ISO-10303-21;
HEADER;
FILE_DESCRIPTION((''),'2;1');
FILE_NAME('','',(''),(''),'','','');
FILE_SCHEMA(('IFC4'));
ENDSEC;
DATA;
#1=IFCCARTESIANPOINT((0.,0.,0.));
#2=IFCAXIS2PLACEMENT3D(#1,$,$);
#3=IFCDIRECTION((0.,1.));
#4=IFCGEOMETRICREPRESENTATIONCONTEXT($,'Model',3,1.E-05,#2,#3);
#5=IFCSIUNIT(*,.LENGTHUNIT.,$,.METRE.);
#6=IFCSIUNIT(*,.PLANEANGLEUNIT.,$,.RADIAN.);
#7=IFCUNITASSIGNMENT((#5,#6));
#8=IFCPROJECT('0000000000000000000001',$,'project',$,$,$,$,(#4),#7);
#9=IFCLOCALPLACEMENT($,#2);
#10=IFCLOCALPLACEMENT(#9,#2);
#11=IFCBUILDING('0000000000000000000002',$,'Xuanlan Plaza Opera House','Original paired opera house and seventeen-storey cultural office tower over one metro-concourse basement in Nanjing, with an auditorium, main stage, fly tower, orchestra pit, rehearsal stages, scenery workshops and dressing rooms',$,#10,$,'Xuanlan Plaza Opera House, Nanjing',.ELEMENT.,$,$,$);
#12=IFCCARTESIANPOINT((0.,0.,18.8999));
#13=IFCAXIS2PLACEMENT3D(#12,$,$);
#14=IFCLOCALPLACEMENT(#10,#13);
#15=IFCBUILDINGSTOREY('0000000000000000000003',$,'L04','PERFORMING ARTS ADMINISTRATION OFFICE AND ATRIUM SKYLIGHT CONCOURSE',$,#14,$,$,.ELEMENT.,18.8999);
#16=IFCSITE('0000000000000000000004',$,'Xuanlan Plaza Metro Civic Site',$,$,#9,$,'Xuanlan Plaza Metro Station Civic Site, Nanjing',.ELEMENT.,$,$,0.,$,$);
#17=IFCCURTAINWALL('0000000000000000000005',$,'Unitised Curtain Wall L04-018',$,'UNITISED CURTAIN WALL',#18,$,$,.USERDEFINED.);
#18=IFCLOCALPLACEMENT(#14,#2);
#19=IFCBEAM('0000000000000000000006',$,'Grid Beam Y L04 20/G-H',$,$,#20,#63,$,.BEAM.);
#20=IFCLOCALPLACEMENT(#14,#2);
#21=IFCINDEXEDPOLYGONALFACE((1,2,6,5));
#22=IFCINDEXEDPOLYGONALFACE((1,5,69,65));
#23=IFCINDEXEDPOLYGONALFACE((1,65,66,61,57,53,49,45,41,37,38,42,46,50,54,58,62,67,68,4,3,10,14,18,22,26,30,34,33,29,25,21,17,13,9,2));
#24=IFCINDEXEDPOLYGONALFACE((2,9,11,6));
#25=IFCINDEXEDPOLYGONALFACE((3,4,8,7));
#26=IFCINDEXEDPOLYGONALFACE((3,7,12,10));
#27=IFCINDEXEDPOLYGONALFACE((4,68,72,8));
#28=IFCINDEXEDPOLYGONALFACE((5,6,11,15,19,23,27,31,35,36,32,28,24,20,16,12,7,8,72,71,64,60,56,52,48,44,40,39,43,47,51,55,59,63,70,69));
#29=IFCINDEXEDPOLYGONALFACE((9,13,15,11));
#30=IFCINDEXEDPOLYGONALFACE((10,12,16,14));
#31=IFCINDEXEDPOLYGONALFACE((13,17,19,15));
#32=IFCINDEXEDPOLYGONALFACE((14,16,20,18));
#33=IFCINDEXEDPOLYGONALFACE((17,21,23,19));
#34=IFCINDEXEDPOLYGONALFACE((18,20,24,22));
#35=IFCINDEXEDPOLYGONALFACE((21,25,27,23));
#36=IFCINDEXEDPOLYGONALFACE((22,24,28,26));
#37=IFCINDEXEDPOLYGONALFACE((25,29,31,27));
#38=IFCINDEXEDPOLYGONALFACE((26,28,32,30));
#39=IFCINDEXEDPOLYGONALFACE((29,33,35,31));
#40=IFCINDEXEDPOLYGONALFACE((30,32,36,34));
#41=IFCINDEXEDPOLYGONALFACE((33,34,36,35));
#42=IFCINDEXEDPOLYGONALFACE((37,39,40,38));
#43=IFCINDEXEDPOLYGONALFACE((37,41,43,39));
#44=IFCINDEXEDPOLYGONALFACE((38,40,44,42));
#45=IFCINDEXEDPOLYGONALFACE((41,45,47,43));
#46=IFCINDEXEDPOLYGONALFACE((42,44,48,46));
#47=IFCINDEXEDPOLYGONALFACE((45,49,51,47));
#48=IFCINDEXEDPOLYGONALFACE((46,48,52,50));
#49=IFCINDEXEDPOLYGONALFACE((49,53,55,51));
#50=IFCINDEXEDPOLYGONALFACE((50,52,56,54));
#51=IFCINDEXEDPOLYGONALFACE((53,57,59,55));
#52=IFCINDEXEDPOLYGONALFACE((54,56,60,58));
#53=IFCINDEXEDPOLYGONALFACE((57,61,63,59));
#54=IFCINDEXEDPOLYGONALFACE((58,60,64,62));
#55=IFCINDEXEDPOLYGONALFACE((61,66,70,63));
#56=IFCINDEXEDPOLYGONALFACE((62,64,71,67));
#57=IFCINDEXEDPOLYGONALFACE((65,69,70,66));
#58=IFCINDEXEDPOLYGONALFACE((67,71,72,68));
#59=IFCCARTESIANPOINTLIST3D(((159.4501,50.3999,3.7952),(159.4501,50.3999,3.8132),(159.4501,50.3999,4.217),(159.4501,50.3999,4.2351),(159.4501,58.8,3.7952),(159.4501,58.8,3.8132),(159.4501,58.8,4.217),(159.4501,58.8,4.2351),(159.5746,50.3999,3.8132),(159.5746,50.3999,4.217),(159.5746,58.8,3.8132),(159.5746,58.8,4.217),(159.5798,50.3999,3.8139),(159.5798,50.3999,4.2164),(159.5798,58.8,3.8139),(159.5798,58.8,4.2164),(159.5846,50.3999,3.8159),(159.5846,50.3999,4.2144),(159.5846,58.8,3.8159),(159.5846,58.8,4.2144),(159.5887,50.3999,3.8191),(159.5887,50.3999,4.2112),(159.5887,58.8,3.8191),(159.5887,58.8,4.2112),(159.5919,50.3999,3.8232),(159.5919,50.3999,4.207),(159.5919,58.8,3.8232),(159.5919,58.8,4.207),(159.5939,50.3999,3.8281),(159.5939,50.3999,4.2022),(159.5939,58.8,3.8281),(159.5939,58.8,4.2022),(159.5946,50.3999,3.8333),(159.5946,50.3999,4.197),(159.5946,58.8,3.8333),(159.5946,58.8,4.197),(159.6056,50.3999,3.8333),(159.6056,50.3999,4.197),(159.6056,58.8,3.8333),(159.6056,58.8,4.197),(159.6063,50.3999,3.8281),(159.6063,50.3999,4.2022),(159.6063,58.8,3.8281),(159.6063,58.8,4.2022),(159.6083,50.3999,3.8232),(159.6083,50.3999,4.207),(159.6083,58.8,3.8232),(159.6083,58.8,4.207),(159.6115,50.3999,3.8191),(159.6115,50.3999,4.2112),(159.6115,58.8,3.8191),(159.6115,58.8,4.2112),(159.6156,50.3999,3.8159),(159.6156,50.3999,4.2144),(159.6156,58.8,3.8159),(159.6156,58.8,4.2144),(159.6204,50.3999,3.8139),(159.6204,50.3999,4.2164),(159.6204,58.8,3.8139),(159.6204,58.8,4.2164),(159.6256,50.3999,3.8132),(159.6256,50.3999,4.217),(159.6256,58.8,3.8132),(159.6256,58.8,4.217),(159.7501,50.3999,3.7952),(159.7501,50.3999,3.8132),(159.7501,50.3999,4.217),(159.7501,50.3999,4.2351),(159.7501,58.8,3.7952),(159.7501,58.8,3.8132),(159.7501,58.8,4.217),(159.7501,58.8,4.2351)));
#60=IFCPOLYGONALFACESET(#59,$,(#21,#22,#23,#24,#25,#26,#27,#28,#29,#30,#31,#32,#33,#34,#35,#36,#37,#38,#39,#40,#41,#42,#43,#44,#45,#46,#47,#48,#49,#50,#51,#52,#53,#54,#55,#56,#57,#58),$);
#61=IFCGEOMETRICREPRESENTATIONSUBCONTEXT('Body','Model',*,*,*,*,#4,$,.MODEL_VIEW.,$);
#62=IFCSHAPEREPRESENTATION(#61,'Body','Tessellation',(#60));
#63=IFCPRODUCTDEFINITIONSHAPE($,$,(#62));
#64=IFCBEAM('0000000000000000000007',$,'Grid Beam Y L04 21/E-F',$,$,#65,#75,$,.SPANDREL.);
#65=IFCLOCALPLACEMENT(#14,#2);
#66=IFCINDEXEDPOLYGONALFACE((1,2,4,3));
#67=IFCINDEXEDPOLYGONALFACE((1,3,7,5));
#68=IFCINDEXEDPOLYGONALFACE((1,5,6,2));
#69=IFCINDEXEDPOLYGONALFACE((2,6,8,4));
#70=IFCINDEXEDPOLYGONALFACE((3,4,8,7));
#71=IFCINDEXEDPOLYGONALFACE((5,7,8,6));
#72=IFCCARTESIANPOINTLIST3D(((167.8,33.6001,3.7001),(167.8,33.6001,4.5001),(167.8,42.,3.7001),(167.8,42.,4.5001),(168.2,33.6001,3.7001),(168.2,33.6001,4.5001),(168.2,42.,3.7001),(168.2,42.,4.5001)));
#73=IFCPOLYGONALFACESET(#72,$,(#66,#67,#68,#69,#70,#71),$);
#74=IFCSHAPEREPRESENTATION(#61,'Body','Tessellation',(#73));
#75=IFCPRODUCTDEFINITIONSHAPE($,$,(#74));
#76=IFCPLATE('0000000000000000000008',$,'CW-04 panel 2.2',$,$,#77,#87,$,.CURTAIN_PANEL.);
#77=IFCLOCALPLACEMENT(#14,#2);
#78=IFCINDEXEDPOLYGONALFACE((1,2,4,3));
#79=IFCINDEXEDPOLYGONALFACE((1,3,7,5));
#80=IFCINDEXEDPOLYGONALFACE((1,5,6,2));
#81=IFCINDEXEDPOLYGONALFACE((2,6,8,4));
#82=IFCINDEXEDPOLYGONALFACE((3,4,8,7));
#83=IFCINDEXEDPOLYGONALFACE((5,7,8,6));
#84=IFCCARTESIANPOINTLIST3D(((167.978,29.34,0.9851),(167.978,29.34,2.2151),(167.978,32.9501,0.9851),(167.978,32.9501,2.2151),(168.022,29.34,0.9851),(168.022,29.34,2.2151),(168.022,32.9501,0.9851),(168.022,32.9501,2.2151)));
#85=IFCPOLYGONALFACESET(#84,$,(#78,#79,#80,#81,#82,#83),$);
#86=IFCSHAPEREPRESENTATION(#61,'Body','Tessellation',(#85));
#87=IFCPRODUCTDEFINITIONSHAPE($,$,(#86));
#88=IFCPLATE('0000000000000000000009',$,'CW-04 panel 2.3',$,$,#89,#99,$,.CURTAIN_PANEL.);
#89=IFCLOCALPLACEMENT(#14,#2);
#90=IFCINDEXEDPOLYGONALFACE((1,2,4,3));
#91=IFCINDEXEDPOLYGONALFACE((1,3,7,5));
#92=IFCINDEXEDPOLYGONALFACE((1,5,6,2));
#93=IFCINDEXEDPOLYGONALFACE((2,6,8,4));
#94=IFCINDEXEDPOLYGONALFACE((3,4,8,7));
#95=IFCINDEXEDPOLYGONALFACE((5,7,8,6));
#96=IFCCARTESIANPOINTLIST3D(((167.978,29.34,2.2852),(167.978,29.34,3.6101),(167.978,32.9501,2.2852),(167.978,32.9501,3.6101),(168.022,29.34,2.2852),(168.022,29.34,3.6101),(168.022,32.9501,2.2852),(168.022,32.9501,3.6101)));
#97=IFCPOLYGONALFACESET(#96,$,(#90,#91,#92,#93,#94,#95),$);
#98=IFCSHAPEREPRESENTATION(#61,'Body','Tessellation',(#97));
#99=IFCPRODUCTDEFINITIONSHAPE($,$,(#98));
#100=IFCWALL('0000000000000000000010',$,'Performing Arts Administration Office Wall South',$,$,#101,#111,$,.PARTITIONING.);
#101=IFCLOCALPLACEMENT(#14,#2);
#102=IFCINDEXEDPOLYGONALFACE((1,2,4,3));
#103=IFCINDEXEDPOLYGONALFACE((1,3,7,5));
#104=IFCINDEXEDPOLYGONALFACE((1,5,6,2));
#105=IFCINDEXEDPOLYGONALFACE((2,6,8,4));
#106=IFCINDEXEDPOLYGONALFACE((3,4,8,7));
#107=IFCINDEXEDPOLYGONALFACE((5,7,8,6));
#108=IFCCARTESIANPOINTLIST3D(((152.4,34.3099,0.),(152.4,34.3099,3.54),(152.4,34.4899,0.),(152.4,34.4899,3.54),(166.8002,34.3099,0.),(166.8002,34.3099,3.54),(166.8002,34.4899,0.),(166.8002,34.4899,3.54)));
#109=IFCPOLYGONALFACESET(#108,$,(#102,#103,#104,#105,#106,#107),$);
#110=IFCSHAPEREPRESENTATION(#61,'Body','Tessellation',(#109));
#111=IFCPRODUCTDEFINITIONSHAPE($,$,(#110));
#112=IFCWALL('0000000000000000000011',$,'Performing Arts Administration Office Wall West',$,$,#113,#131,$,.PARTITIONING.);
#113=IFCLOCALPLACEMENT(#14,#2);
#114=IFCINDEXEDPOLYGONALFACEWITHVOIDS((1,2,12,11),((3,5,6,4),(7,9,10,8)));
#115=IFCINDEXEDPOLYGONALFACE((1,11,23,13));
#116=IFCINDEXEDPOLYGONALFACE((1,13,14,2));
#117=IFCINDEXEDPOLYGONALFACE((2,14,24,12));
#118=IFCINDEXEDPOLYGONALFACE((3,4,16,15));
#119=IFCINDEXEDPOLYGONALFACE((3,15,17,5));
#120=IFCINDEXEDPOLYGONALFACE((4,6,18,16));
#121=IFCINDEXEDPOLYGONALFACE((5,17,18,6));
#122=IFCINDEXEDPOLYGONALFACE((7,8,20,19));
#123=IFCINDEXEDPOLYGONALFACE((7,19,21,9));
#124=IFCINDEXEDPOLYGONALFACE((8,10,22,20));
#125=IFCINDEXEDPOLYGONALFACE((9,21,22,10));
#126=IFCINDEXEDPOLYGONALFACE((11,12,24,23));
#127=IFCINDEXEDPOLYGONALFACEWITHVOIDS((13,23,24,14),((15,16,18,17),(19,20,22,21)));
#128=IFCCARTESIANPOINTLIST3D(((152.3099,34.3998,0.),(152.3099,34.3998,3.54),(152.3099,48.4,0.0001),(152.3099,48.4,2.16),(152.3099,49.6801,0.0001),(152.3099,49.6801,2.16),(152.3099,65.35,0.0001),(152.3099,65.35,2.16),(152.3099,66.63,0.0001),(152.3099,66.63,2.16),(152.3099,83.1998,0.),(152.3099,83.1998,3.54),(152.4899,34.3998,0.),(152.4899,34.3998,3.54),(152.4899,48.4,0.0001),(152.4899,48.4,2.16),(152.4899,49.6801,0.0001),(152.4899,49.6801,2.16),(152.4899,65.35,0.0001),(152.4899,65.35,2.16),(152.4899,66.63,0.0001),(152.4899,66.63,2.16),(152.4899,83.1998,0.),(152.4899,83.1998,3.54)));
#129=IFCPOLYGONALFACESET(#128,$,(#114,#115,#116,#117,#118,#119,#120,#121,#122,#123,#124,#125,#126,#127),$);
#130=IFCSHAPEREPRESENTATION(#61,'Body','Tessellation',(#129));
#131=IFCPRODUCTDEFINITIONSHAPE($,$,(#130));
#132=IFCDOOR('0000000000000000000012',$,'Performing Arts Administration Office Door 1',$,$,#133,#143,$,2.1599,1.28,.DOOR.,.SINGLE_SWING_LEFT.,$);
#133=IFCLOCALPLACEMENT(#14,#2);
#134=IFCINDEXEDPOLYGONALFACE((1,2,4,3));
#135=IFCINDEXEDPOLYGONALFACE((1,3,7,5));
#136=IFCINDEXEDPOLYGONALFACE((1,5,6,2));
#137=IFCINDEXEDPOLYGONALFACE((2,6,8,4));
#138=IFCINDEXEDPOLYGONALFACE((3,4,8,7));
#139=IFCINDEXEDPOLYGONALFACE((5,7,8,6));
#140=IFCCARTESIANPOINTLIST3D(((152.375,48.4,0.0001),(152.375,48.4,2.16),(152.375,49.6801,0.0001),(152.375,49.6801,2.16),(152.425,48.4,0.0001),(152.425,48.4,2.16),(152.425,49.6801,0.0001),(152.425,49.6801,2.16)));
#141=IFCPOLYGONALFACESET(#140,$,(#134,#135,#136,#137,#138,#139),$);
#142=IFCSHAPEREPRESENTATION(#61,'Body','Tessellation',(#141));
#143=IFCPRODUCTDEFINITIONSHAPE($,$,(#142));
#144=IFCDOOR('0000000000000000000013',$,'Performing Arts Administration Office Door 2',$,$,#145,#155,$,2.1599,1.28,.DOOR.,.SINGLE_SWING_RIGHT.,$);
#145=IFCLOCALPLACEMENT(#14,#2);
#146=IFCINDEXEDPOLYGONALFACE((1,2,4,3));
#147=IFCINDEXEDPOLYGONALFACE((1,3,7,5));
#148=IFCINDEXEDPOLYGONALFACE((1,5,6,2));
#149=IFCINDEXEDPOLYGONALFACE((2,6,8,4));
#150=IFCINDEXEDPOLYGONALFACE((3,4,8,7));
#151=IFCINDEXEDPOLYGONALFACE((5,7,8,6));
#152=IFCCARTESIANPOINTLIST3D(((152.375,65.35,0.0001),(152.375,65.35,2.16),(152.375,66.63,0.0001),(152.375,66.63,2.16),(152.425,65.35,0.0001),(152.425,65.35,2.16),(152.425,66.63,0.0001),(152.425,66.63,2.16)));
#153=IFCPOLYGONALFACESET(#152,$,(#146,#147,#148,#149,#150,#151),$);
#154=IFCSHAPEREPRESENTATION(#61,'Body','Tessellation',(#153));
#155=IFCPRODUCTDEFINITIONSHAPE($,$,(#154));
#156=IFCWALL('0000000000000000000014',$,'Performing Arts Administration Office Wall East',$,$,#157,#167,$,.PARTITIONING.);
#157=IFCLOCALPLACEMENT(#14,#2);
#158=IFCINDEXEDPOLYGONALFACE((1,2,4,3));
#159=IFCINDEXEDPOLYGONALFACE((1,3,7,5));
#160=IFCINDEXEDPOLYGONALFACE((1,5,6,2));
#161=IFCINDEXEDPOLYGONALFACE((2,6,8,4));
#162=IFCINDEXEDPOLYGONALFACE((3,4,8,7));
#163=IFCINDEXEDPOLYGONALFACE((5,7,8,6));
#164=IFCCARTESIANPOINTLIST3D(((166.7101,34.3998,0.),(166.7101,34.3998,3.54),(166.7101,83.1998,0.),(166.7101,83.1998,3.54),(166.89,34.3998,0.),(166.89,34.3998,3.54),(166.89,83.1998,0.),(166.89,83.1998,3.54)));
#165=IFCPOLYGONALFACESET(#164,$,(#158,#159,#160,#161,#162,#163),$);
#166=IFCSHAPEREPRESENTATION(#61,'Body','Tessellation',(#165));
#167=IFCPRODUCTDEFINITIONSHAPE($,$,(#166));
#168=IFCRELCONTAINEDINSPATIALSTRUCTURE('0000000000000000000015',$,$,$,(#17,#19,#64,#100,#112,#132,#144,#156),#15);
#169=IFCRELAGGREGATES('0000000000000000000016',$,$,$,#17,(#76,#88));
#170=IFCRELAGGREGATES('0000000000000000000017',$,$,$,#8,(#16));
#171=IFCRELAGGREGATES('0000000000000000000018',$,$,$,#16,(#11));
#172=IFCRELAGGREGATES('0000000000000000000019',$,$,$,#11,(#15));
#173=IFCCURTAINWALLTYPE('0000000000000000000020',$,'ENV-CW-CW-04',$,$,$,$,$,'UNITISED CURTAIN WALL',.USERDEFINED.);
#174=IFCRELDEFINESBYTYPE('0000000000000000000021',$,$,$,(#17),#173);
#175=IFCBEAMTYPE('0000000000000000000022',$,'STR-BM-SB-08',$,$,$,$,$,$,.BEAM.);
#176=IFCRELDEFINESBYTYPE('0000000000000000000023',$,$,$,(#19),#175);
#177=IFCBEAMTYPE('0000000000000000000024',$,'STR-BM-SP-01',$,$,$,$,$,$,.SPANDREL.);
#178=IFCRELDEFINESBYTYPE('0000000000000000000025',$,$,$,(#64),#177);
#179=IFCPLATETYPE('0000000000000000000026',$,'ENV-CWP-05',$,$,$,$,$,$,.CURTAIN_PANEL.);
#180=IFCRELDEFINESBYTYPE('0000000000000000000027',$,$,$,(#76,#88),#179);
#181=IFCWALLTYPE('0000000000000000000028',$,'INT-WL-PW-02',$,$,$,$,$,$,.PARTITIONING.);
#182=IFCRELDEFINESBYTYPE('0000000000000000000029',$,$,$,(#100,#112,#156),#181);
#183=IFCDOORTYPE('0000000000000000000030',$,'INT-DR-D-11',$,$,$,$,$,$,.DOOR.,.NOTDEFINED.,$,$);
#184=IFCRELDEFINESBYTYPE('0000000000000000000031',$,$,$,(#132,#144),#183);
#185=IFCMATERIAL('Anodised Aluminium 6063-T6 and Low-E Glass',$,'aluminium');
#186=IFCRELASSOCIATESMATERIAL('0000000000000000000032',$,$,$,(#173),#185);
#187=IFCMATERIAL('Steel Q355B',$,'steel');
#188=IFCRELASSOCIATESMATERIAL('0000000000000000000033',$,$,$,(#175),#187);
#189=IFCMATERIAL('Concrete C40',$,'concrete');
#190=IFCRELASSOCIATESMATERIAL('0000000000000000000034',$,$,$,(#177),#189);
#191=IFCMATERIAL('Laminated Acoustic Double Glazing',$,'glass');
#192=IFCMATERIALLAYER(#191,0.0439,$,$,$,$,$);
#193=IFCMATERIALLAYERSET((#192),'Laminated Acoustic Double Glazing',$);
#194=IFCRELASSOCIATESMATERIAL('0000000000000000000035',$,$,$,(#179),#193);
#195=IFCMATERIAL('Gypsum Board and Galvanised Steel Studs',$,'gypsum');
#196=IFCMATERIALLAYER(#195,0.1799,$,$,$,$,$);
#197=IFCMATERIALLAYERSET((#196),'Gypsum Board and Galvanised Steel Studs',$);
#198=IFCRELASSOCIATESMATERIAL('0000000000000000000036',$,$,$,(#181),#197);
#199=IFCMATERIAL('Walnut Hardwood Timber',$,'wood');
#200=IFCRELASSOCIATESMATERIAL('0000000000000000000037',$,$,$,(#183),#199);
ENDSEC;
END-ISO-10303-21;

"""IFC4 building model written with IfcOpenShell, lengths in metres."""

from ifc_helpers import new_model, si_unit, direction, frame, frame_2d, origin, origin_2d, place, context, subcontext, project, spatial, rectangle, i_section, extrude, material, layer, layer_set, material_profile, profile_set, type_object, element, fill, aggregate, save


model = new_model("IFC4")

# Units and contexts
model_context = context("Model", 3, precision=1e-05, world=origin(), true_north=direction((0.0, 1.0)))
body_context = subcontext(model_context, "Body", "Model", "MODEL_VIEW")
ifc_project = project(units=[si_unit("LENGTHUNIT", "METRE"), si_unit("PLANEANGLEUNIT", "RADIAN")], contexts=[model_context])

# Site, building, storey
site_placement = place(None, origin())
site = spatial("IfcSite", under=ifc_project, at=site_placement, Name="Xuanlan Plaza Metro Civic Site", LongName="Xuanlan Plaza Metro Station Civic Site, Nanjing", CompositionType="ELEMENT", RefElevation=0.0)
building_placement = place(site_placement, origin())
building = spatial("IfcBuilding", under=site, at=building_placement, Name="Xuanlan Plaza Opera House", Description="Original paired opera house and seventeen-storey cultural office tower over one metro-concourse basement in Nanjing, with an auditorium, main stage, fly tower, orchestra pit, rehearsal stages, scenery workshops and dressing rooms", LongName="Xuanlan Plaza Opera House, Nanjing", CompositionType="ELEMENT")
storey_placement = place(building_placement, frame((0.0, 0.0, 18.8999)))
storey = spatial("IfcBuildingStorey", under=building, at=storey_placement, Name="L04", Description="PERFORMING ARTS ADMINISTRATION OFFICE AND ATRIUM SKYLIGHT CONCOURSE", CompositionType="ELEMENT", Elevation=18.8999)

# Shared definitions
ifc_material_1 = material(Name="Steel Q355B", Category="steel")

# Curtain wall
ifc_material_2 = material(Name="Anodised Aluminium 6063-T6 and Low-E Glass", Category="aluminium")
curtain_wall_type_1 = type_object("IfcCurtainWallType", Name="ENV-CW-CW-04", ElementType="UNITISED CURTAIN WALL", PredefinedType="USERDEFINED", material=ifc_material_2)
curtain_wall_1_placement = place(storey_placement, origin())
curtain_wall_1 = element("IfcCurtainWall", 1, at=curtain_wall_1_placement, inside=storey, type_object=curtain_wall_type_1, Name="Unitised Curtain Wall L04-018", ObjectType="UNITISED CURTAIN WALL", PredefinedType="USERDEFINED")

# Beams
ifc_material_3 = material(Name="Concrete C40", Category="concrete")
ifc_material_profile_1 = material_profile(ifc_material_1, i_section(OverallWidth=0.3, OverallDepth=0.4399, WebThickness=0.011, FlangeThickness=0.0181, FilletRadius=0.02, at=origin_2d()), Name="HM 440x300x11x18")
ifc_profile_set_1 = profile_set([ifc_material_profile_1], Name="Steel Q355B")
beam_type_1 = type_object("IfcBeamType", Name="STR-BM-SB-08", PredefinedType="BEAM", material=ifc_profile_set_1)
beam_1_placement = place(storey_placement, frame((159.6001, 50.3999, 4.0151), z_axis=(0.0, 1.0, 0.0), x_axis=(-1.0, 0.0, 0.0)))
element("IfcBeam", 2, at=beam_1_placement, inside=storey, type_object=beam_type_1, Name="Grid Beam Y L04 20/G-H", PredefinedType="BEAM", context=body_context, shape_type="SweptSolid", body=[
    extrude(i_section(OverallWidth=0.3, OverallDepth=0.4399, WebThickness=0.011, FlangeThickness=0.0181, FilletRadius=0.02, at=origin_2d()), origin(), (0.0, 0.0, 1.0), 8.4001),
])
ifc_material_profile_2 = material_profile(ifc_material_3, rectangle(XDim=0.3999, YDim=0.8, at=origin_2d()), Name="RC-SPD 400x800")
ifc_profile_set_2 = profile_set([ifc_material_profile_2], Name="Concrete C40")
beam_type_2 = type_object("IfcBeamType", Name="STR-BM-SP-01", PredefinedType="SPANDREL", material=ifc_profile_set_2)
beam_2_placement = place(storey_placement, frame((168.0, 33.6001, 4.1001), z_axis=(0.0, 1.0, 0.0), x_axis=(-1.0, 0.0, 0.0)))
element("IfcBeam", 3, at=beam_2_placement, inside=storey, type_object=beam_type_2, Name="Grid Beam Y L04 21/E-F", PredefinedType="SPANDREL", context=body_context, shape_type="SweptSolid", body=[
    extrude(rectangle(XDim=0.3999, YDim=0.8, at=origin_2d()), origin(), (0.0, 0.0, 1.0), 8.3999),
])

# Plates
ifc_material_4 = material(Name="Laminated Acoustic Double Glazing", Category="glass")
ifc_layer_1 = layer(ifc_material_4, 0.0439)
ifc_layer_set_1 = layer_set([ifc_layer_1], Name="Laminated Acoustic Double Glazing")
plate_type = type_object("IfcPlateType", Name="ENV-CWP-05", PredefinedType="CURTAIN_PANEL", material=ifc_layer_set_1)
plate_1_placement = place(storey_placement, frame((168.0, 31.145, 0.9851), z_axis=(0.0, 0.0, 1.0), x_axis=(0.0, 1.0, 0.0)))
plate_1 = element("IfcPlate", 4, at=plate_1_placement, type_object=plate_type, Name="CW-04 panel 2.2", PredefinedType="CURTAIN_PANEL", context=body_context, shape_type="SweptSolid", body=[
    extrude(rectangle(XDim=3.6101, YDim=0.0439, at=origin_2d()), origin(), (0.0, 0.0, 1.0), 1.23),
])
plate_2_placement = place(storey_placement, frame((168.0, 31.145, 2.2852), z_axis=(0.0, 0.0, 1.0), x_axis=(0.0, 1.0, 0.0)))
plate_2 = element("IfcPlate", 5, at=plate_2_placement, type_object=plate_type, Name="CW-04 panel 2.3", PredefinedType="CURTAIN_PANEL", context=body_context, shape_type="SweptSolid", body=[
    extrude(rectangle(XDim=3.6101, YDim=0.0439, at=origin_2d()), origin(), (0.0, 0.0, 1.0), 1.325),
])
aggregate(curtain_wall_1, [plate_1, plate_2])

# Wall
ifc_material_5 = material(Name="Gypsum Board and Galvanised Steel Studs", Category="gypsum")
ifc_layer_2 = layer(ifc_material_5, 0.1799)
ifc_layer_set_2 = layer_set([ifc_layer_2], Name="Gypsum Board and Galvanised Steel Studs")
wall_type = type_object("IfcWallType", Name="INT-WL-PW-02", PredefinedType="PARTITIONING", material=ifc_layer_set_2)
wall_1_placement = place(storey_placement, frame((152.3999, 34.3999, 0.0), z_axis=(0.0, 0.0, 1.0), x_axis=(1.0, 0.0, 0.0)))
element("IfcWall", 6, at=wall_1_placement, inside=storey, type_object=wall_type, Name="Performing Arts Administration Office Wall South", PredefinedType="PARTITIONING", context=body_context, shape_type="SweptSolid", body=[
    extrude(rectangle(XDim=14.4001, YDim=0.1799, at=frame_2d((7.2002, 0.0))), origin(), (0.0, 0.0, 1.0), 3.54),
])

# Wall, openings, doors
wall_2_placement = place(storey_placement, frame((152.3999, 34.3999, 0.0), z_axis=(0.0, 0.0, 1.0), x_axis=(0.0, 1.0, 0.0)))
wall_2 = element("IfcWall", 7, at=wall_2_placement, inside=storey, type_object=wall_type, Name="Performing Arts Administration Office Wall West", PredefinedType="PARTITIONING", context=body_context, shape_type="SweptSolid", body=[
    extrude(rectangle(XDim=48.8, YDim=0.1799, at=frame_2d((24.3999, 0.0))), origin(), (0.0, 0.0, 1.0), 3.54),
])
opening_1_placement = place(wall_2_placement, frame((14.0, 0.0, 0.0)))
opening_1 = element("IfcOpeningElement", 8, at=opening_1_placement, cuts=wall_2, PredefinedType="OPENING", context=body_context, shape_type="SweptSolid", body=[
    extrude(rectangle(XDim=1.28, YDim=2.1599, at=frame_2d((0.6401, 1.0801))), frame((0.0, 0.0999, 0.0), z_axis=(0.0, -1.0, 0.0), x_axis=(1.0, 0.0, 0.0)), (0.0, 0.0, 1.0), 0.2),
])
opening_2_placement = place(wall_2_placement, frame((30.95, 0.0, 0.0)))
opening_2 = element("IfcOpeningElement", 9, at=opening_2_placement, cuts=wall_2, PredefinedType="OPENING", context=body_context, shape_type="SweptSolid", body=[
    extrude(rectangle(XDim=1.28, YDim=2.1599, at=frame_2d((0.6401, 1.0801))), frame((0.0, 0.0999, 0.0), z_axis=(0.0, -1.0, 0.0), x_axis=(1.0, 0.0, 0.0)), (0.0, 0.0, 1.0), 0.2),
])
ifc_material_6 = material(Name="Walnut Hardwood Timber", Category="wood")
door_type = type_object("IfcDoorType", Name="INT-DR-D-11", OperationType="NOTDEFINED", PredefinedType="DOOR", material=ifc_material_6)
door_1_placement = place(opening_1_placement, origin())
door_1 = element("IfcDoor", 10, at=door_1_placement, inside=storey, type_object=door_type, Name="Performing Arts Administration Office Door 1", OperationType="SINGLE_SWING_LEFT", OverallHeight=2.1599, OverallWidth=1.28, PredefinedType="DOOR", context=body_context, shape_type="SweptSolid", body=[
    extrude(rectangle(XDim=1.28, YDim=2.1599, at=frame_2d((0.6401, 1.0801))), frame((0.0, 0.0249, 0.0), z_axis=(0.0, -1.0, 0.0), x_axis=(1.0, 0.0, 0.0)), (0.0, 0.0, 1.0), 0.05),
])
fill(opening_1, door_1)
door_2_placement = place(opening_2_placement, origin())
door_2 = element("IfcDoor", 11, at=door_2_placement, inside=storey, type_object=door_type, Name="Performing Arts Administration Office Door 2", OperationType="SINGLE_SWING_RIGHT", OverallHeight=2.1599, OverallWidth=1.28, PredefinedType="DOOR", context=body_context, shape_type="SweptSolid", body=[
    extrude(rectangle(XDim=1.28, YDim=2.1599, at=frame_2d((0.6401, 1.0801))), frame((0.0, 0.0249, 0.0), z_axis=(0.0, -1.0, 0.0), x_axis=(1.0, 0.0, 0.0)), (0.0, 0.0, 1.0), 0.05),
])
fill(opening_2, door_2)

# Wall
wall_3_placement = place(storey_placement, frame((166.8, 34.3999, 0.0), z_axis=(0.0, 0.0, 1.0), x_axis=(0.0, 1.0, 0.0)))
element("IfcWall", 12, at=wall_3_placement, inside=storey, type_object=wall_type, Name="Performing Arts Administration Office Wall East", PredefinedType="PARTITIONING", context=body_context, shape_type="SweptSolid", body=[
    extrude(rectangle(XDim=48.8, YDim=0.1799, at=frame_2d((24.3999, 0.0))), origin(), (0.0, 0.0, 1.0), 3.54),
])

save(model, "model.ifc")
